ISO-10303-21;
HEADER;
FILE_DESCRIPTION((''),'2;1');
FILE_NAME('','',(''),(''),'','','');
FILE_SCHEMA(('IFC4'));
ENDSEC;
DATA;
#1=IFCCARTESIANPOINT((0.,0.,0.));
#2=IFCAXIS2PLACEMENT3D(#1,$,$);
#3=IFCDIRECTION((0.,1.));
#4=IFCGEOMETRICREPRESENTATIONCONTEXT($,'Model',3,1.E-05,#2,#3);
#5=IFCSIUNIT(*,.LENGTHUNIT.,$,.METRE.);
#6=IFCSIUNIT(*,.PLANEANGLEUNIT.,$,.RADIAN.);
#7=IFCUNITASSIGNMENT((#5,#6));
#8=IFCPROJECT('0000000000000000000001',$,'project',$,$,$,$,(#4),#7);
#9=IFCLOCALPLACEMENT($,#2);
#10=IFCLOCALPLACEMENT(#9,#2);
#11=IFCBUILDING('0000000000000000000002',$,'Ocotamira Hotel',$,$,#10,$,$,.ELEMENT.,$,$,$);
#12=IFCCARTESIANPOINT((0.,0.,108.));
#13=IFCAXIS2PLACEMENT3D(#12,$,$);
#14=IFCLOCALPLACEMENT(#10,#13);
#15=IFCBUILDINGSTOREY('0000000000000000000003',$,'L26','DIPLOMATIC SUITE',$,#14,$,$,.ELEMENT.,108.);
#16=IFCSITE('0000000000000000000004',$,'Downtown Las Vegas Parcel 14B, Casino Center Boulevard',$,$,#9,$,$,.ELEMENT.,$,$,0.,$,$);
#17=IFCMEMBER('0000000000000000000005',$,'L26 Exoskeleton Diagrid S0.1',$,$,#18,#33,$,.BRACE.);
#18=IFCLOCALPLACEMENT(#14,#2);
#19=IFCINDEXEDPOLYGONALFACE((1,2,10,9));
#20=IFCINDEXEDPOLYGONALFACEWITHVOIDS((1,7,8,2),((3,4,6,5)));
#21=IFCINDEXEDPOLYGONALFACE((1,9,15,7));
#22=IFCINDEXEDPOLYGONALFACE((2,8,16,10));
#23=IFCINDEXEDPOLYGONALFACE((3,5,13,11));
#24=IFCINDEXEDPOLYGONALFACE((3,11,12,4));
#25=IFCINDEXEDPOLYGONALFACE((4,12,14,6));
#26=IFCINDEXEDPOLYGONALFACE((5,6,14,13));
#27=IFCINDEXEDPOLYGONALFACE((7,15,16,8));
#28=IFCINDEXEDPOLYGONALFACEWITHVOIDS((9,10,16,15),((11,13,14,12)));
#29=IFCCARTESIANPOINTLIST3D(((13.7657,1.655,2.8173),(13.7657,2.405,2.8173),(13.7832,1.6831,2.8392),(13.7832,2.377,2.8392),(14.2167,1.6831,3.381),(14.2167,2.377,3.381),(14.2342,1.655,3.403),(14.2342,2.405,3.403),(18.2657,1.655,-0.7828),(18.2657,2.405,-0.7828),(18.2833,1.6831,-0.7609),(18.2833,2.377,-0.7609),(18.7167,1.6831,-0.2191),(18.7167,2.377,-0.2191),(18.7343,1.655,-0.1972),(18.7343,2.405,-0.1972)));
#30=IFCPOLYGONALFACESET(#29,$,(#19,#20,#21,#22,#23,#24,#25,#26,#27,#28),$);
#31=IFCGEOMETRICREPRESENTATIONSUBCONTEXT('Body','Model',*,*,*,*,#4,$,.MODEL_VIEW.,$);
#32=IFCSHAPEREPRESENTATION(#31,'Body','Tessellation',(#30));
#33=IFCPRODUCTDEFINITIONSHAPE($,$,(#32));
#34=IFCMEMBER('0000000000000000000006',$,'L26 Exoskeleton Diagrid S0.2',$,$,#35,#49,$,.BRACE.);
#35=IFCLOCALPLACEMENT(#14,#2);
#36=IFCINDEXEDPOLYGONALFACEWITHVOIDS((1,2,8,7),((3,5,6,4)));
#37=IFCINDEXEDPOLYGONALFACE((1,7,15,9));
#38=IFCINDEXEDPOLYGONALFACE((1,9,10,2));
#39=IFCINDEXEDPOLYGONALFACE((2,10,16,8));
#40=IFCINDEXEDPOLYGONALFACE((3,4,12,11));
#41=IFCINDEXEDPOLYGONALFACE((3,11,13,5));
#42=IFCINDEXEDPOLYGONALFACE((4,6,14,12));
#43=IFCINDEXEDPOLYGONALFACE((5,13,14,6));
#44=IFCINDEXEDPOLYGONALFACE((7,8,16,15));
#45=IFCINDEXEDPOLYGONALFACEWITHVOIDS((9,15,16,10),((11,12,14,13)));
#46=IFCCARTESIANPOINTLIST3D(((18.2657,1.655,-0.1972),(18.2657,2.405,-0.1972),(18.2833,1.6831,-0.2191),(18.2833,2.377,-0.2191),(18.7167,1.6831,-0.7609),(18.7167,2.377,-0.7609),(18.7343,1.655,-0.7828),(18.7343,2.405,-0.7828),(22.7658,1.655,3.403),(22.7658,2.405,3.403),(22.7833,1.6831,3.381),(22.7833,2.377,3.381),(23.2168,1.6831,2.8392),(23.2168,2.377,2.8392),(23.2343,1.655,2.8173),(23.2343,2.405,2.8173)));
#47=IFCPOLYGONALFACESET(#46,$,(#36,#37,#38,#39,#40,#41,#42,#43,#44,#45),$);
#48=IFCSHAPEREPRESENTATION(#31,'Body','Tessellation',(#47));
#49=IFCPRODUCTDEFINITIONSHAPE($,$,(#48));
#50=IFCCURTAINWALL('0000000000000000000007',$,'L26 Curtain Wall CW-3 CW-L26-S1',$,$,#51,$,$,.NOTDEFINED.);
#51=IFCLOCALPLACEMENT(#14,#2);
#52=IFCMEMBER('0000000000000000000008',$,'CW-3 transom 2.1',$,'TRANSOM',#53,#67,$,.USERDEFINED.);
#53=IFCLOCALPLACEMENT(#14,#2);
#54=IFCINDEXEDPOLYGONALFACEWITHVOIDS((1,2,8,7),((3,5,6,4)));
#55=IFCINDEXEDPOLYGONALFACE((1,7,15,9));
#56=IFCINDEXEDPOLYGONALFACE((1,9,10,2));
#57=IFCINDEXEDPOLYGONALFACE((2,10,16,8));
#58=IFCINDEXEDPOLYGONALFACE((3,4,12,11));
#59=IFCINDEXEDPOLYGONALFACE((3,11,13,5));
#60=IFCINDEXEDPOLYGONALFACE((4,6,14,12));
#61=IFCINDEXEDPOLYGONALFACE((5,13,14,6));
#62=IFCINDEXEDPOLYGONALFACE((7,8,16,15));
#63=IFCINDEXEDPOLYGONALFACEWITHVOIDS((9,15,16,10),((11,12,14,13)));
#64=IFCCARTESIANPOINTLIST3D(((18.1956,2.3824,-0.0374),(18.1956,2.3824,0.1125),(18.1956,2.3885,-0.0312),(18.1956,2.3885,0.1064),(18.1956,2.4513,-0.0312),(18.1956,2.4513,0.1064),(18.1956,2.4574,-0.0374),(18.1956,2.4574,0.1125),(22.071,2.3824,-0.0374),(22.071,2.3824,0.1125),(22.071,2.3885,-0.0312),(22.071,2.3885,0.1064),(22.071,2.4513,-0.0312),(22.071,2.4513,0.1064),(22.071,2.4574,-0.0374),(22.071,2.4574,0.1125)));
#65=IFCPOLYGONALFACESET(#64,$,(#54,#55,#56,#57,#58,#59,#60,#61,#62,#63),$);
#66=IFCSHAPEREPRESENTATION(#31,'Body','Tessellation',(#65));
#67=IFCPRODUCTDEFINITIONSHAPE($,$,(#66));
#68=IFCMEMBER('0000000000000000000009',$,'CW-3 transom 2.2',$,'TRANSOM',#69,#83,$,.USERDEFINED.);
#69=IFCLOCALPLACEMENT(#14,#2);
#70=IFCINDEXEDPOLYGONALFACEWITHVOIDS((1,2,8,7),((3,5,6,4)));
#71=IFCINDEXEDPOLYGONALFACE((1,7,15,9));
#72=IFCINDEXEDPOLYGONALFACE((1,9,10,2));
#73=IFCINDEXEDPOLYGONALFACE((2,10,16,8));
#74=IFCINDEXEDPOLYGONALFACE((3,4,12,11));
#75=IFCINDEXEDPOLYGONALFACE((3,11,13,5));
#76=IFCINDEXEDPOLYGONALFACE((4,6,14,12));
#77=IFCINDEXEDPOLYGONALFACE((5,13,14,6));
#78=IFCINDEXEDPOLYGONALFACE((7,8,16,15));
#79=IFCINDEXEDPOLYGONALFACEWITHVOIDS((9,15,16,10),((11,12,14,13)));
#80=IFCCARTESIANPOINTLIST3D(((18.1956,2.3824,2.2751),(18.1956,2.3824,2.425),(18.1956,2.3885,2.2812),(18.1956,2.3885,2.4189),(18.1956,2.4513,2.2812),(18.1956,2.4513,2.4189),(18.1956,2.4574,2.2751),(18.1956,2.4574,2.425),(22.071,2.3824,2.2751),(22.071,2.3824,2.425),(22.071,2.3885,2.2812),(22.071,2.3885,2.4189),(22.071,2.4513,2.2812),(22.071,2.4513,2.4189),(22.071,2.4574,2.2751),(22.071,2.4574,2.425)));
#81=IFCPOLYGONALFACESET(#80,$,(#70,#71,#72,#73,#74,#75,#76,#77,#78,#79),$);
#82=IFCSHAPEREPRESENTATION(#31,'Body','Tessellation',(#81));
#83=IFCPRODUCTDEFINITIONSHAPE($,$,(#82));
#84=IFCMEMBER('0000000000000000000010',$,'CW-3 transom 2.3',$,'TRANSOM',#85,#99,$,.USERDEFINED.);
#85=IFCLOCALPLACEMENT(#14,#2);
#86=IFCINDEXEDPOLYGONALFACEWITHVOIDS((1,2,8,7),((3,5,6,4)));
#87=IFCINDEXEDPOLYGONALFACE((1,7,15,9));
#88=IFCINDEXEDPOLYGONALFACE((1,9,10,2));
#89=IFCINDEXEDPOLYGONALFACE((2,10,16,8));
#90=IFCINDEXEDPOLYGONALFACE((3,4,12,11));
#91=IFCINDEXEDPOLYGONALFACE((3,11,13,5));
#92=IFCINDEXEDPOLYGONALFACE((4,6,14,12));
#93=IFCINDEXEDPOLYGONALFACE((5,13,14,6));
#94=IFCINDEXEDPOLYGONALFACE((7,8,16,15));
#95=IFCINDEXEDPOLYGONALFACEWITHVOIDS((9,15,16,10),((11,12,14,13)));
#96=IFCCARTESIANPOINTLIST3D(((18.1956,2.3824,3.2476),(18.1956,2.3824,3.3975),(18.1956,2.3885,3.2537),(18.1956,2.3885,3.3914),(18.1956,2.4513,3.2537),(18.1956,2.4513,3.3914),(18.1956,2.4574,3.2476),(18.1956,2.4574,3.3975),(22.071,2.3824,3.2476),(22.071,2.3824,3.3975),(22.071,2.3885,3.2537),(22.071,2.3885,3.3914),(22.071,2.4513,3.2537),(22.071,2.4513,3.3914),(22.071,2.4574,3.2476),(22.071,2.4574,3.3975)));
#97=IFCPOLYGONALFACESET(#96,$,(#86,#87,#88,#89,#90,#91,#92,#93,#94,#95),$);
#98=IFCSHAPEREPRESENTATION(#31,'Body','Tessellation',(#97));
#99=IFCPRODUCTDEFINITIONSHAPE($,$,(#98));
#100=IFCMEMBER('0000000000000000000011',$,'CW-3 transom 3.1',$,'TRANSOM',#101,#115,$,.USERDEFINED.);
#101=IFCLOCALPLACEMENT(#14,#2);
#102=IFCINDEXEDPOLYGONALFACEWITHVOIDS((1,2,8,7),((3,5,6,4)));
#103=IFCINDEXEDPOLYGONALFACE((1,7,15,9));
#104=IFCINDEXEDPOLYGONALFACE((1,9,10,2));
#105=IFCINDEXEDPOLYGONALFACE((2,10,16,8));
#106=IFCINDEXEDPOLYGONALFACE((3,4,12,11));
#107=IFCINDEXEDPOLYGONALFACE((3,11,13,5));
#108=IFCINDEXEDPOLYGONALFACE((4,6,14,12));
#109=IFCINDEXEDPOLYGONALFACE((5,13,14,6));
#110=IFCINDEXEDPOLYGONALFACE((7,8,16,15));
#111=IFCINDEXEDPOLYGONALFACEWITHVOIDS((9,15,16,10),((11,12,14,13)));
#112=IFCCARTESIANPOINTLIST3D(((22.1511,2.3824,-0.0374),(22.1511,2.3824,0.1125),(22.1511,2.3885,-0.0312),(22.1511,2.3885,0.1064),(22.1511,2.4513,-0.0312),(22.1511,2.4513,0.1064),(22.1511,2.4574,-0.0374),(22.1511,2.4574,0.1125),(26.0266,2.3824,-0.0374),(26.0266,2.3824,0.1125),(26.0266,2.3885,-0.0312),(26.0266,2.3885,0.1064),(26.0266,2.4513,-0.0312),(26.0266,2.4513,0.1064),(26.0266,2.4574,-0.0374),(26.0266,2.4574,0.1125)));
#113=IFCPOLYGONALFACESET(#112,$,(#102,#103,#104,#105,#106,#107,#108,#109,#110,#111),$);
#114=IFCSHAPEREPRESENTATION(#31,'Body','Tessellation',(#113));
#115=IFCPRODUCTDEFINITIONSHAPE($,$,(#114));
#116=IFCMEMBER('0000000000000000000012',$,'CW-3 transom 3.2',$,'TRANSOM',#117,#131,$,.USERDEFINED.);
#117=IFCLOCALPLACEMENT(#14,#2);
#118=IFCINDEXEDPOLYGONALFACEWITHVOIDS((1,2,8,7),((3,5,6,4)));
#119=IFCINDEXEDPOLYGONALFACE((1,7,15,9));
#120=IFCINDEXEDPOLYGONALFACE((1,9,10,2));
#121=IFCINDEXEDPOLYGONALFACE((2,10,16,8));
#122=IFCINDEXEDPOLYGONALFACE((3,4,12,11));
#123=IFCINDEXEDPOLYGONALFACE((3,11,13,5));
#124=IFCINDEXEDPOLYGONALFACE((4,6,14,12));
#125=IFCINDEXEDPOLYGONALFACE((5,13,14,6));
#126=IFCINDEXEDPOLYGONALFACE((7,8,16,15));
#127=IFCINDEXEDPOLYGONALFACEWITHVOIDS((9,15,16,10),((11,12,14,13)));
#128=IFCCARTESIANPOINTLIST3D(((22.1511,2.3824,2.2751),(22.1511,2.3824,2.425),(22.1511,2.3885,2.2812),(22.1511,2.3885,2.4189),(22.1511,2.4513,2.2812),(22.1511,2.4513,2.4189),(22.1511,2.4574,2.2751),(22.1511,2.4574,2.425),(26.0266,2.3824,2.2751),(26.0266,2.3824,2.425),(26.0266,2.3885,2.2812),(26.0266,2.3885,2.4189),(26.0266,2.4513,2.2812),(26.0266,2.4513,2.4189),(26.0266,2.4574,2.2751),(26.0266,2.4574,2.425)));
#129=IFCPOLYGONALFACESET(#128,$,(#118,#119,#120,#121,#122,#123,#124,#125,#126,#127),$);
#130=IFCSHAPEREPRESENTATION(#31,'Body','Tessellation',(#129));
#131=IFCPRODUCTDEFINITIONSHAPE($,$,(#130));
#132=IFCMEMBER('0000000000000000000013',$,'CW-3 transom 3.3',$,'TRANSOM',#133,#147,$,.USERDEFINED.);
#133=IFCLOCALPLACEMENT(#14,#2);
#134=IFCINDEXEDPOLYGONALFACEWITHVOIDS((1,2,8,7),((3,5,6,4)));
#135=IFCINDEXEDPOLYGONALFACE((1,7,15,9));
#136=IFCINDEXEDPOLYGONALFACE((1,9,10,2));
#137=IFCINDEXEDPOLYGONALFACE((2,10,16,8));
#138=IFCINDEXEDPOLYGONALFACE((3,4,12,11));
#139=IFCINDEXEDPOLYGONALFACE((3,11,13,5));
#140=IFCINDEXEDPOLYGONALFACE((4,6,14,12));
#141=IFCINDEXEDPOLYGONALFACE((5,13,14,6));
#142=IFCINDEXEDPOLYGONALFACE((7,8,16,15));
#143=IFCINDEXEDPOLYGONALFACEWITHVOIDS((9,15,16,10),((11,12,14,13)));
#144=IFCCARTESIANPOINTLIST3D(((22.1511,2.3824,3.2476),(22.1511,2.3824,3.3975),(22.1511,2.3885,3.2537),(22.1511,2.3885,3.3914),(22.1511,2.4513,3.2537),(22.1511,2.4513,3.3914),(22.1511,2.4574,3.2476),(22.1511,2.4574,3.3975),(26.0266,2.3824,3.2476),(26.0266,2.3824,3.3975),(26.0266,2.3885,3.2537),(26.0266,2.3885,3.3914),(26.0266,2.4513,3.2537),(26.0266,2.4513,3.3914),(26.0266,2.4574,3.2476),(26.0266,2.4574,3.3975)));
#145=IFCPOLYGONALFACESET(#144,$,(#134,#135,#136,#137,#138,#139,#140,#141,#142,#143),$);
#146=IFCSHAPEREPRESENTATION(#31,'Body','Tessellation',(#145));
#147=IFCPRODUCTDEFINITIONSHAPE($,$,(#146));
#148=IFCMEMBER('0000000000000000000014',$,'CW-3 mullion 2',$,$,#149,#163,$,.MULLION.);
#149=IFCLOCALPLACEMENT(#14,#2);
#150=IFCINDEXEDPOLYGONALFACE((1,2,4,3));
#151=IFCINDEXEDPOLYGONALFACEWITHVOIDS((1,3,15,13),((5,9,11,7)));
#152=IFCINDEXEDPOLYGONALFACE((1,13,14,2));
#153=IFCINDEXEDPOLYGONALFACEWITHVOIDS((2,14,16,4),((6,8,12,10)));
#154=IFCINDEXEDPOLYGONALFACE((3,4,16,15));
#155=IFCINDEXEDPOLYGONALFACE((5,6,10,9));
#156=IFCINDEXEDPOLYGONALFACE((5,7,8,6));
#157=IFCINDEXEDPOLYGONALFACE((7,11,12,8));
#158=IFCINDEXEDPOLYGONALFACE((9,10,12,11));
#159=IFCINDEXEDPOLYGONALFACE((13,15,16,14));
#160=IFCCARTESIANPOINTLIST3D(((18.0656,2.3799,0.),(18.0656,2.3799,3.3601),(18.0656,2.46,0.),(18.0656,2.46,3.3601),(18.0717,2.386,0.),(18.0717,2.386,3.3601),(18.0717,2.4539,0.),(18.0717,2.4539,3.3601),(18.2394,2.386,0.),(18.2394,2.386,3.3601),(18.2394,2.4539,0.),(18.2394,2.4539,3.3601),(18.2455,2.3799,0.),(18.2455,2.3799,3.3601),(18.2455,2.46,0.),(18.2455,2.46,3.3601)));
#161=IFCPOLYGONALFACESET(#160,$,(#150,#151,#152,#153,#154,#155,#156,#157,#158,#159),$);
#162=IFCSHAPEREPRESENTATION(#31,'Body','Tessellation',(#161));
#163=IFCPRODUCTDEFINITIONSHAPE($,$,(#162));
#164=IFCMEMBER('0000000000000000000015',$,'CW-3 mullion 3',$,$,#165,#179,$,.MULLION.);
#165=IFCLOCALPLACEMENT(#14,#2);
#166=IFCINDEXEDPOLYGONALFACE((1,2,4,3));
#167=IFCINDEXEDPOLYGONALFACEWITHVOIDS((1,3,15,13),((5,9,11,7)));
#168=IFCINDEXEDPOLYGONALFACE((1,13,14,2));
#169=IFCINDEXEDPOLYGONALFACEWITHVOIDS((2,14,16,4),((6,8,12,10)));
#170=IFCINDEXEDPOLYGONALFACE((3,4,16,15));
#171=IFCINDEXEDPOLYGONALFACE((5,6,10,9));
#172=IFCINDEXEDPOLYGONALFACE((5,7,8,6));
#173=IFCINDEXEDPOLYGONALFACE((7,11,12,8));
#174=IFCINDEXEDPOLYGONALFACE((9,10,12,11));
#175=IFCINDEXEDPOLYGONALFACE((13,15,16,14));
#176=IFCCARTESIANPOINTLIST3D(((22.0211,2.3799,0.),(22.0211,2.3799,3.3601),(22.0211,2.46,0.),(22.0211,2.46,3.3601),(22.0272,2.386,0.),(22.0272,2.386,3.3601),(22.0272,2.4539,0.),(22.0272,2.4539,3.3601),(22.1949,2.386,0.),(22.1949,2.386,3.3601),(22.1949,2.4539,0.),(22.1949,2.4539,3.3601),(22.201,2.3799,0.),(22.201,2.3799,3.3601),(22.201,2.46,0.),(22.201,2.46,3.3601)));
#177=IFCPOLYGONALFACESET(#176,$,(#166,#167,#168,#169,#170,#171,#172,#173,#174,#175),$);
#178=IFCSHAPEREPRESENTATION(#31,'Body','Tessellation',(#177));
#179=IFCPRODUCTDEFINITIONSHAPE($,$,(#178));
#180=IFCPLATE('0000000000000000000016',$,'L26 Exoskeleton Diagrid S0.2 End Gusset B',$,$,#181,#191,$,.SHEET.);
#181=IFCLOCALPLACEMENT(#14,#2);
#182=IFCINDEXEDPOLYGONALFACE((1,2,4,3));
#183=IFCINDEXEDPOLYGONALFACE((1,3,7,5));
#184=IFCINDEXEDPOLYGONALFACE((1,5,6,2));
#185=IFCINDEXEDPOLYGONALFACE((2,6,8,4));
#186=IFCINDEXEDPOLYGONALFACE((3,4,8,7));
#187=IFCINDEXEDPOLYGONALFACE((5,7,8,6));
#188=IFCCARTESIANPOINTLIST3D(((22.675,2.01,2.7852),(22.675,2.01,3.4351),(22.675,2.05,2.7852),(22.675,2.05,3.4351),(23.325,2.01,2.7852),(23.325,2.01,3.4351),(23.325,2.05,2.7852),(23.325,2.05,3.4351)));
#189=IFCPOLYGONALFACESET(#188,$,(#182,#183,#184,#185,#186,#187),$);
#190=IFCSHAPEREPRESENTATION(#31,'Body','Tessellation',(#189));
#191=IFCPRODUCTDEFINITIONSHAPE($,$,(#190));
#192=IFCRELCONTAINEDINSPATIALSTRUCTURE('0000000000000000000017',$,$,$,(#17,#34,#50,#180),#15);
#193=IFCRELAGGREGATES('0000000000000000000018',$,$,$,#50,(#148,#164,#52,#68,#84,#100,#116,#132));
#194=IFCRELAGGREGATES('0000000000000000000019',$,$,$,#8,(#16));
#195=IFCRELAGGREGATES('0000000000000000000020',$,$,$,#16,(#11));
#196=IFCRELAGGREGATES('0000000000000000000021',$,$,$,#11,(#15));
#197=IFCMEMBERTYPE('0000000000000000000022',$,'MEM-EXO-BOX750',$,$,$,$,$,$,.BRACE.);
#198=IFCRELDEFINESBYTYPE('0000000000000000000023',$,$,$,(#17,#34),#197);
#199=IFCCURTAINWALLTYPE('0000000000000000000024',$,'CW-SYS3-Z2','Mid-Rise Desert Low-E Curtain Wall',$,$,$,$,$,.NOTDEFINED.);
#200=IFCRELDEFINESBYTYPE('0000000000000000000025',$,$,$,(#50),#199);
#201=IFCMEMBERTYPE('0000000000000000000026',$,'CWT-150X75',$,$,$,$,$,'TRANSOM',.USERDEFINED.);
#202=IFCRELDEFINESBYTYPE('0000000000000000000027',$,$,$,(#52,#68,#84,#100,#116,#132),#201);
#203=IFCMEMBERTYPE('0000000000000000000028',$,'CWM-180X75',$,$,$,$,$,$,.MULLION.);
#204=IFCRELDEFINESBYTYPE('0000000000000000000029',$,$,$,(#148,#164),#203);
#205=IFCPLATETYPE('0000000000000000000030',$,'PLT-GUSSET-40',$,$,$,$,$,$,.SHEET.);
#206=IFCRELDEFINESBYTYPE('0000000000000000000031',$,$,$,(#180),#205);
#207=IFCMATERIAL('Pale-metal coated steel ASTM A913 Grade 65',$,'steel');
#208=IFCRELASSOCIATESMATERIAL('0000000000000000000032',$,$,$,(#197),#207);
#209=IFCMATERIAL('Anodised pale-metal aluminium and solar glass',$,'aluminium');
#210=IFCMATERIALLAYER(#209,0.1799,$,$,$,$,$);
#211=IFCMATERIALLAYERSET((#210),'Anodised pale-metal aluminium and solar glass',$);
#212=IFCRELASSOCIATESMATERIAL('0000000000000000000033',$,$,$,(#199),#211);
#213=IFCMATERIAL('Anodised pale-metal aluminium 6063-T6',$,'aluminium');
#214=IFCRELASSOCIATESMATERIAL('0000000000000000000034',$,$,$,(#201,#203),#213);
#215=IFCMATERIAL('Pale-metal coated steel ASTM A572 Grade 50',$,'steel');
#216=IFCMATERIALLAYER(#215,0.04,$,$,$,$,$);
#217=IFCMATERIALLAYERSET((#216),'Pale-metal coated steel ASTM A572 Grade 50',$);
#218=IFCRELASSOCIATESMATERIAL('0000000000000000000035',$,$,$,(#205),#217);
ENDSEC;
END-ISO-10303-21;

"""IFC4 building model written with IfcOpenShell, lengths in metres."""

from ifc_helpers import new_model, si_unit, direction, frame, origin, origin_2d, place, context, subcontext, project, spatial, rectangle, hollow_rectangle, extrude, source, transform, mapped, material, layer, layer_set, material_profile, profile_set, type_object, element, aggregate, save


model = new_model("IFC4")

# Units and contexts
model_context = context("Model", 3, precision=1e-05, world=origin(), true_north=direction((0.0, 1.0)))
body_context = subcontext(model_context, "Body", "Model", "MODEL_VIEW")
ifc_project = project(units=[si_unit("LENGTHUNIT", "METRE"), si_unit("PLANEANGLEUNIT", "RADIAN")], contexts=[model_context])

# Site, building, storey
site_placement = place(None, origin())
site = spatial("IfcSite", under=ifc_project, at=site_placement, Name="Downtown Las Vegas Parcel 14B, Casino Center Boulevard", CompositionType="ELEMENT", RefElevation=0.0)
building_placement = place(site_placement, origin())
building = spatial("IfcBuilding", under=site, at=building_placement, Name="Ocotamira Hotel", CompositionType="ELEMENT")
storey_placement = place(building_placement, frame((0.0, 0.0, 108.0)))
storey = spatial("IfcBuildingStorey", under=building, at=storey_placement, Name="L26", Description="DIPLOMATIC SUITE", CompositionType="ELEMENT", Elevation=108.0)

# Members
ifc_material_1 = material(Name="Pale-metal coated steel ASTM A913 Grade 65", Category="steel")
ifc_material_profile_1 = material_profile(ifc_material_1, hollow_rectangle(XDim=0.75, YDim=0.75, WallThickness=0.0281, at=origin_2d()), Name="BOX750X750X28")
ifc_profile_set_1 = profile_set([ifc_material_profile_1], Name="Pale-metal coated steel ASTM A913 Grade 65")
member_type_1 = type_object("IfcMemberType", Name="MEM-EXO-BOX750", PredefinedType="BRACE", material=ifc_profile_set_1)
shared_shape_1 = source(origin(), body_context, "Body", "SweptSolid", [
    extrude(hollow_rectangle(XDim=0.75, YDim=0.75, WallThickness=0.0281, at=origin_2d()), origin(), (0.0, 0.0, 1.0), 5.7629),
])
for number, where, z_axis, x_axis, name in (
    (1, (18.5, 2.03, -0.49), (-0.780861, 0.0, 0.624705), (0.0, -1.0, 0.0), "L26 Exoskeleton Diagrid S0.1"),
    (2, (18.5, 2.03, -0.49), (0.780861, 0.0, 0.624705), (0.0, 1.0, 0.0), "L26 Exoskeleton Diagrid S0.2"),
):
    element("IfcMember", number, at=place(storey_placement, frame(where, z_axis=z_axis, x_axis=x_axis)), inside=storey, type_object=member_type_1, Name=name, PredefinedType="BRACE", context=body_context, shape_type="MappedRepresentation", body=[
        mapped(shared_shape_1, transform((0.0, 0.0, 0.0), scale=1.0)),
    ])

# Curtain wall, members
ifc_material_2 = material(Name="Anodised pale-metal aluminium and solar glass", Category="aluminium")
ifc_layer_1 = layer(ifc_material_2, 0.1799)
ifc_layer_set_1 = layer_set([ifc_layer_1], Name="Anodised pale-metal aluminium and solar glass")
curtain_wall_type = type_object("IfcCurtainWallType", Name="CW-SYS3-Z2", Description="Mid-Rise Desert Low-E Curtain Wall", PredefinedType="NOTDEFINED", material=ifc_layer_set_1)
curtain_wall_placement = place(storey_placement, origin())
curtain_wall = element("IfcCurtainWall", 3, at=curtain_wall_placement, inside=storey, type_object=curtain_wall_type, Name="L26 Curtain Wall CW-3 CW-L26-S1", PredefinedType="NOTDEFINED")
ifc_material_3 = material(Name="Anodised pale-metal aluminium 6063-T6", Category="aluminium")
ifc_material_profile_2 = material_profile(ifc_material_3, hollow_rectangle(XDim=0.075, YDim=0.1499, WallThickness=0.0061, at=origin_2d()), Name="HSS150X75X6")
ifc_profile_set_2 = profile_set([ifc_material_profile_2], Name="Anodised pale-metal aluminium 6063-T6")
member_type_2 = type_object("IfcMemberType", Name="CWT-150X75", ElementType="TRANSOM", PredefinedType="USERDEFINED", material=ifc_profile_set_2)
shared_shape_2 = source(origin(), body_context, "Body", "SweptSolid", [
    extrude(hollow_rectangle(XDim=0.075, YDim=0.1499, WallThickness=0.0061, at=origin_2d()), origin(), (0.0, 0.0, 1.0), 3.8755),
])
member_1_placement = place(storey_placement, frame((18.1956, 2.4199, 0.0376), z_axis=(1.0, 0.0, 0.0), x_axis=(0.0, 1.0, 0.0)))
member_1 = element("IfcMember", 4, at=member_1_placement, type_object=member_type_2, Name="CW-3 transom 2.1", ObjectType="TRANSOM", PredefinedType="USERDEFINED", context=body_context, shape_type="MappedRepresentation", body=[
    mapped(shared_shape_2, transform((0.0, 0.0, 0.0), scale=1.0)),
])
member_2_placement = place(storey_placement, frame((18.1956, 2.4199, 2.3501), z_axis=(1.0, 0.0, 0.0), x_axis=(0.0, 1.0, 0.0)))
member_2 = element("IfcMember", 5, at=member_2_placement, type_object=member_type_2, Name="CW-3 transom 2.2", ObjectType="TRANSOM", PredefinedType="USERDEFINED", context=body_context, shape_type="MappedRepresentation", body=[
    mapped(shared_shape_2, transform((0.0, 0.0, 0.0), scale=1.0)),
])
member_3_placement = place(storey_placement, frame((18.1956, 2.4199, 3.3225), z_axis=(1.0, 0.0, 0.0), x_axis=(0.0, 1.0, 0.0)))
member_3 = element("IfcMember", 6, at=member_3_placement, type_object=member_type_2, Name="CW-3 transom 2.3", ObjectType="TRANSOM", PredefinedType="USERDEFINED", context=body_context, shape_type="MappedRepresentation", body=[
    mapped(shared_shape_2, transform((0.0, 0.0, 0.0), scale=1.0)),
])
member_4_placement = place(storey_placement, frame((22.1511, 2.4199, 0.0376), z_axis=(1.0, 0.0, 0.0), x_axis=(0.0, 1.0, 0.0)))
member_4 = element("IfcMember", 7, at=member_4_placement, type_object=member_type_2, Name="CW-3 transom 3.1", ObjectType="TRANSOM", PredefinedType="USERDEFINED", context=body_context, shape_type="MappedRepresentation", body=[
    mapped(shared_shape_2, transform((0.0, 0.0, 0.0), scale=1.0)),
])
member_5_placement = place(storey_placement, frame((22.1511, 2.4199, 2.3501), z_axis=(1.0, 0.0, 0.0), x_axis=(0.0, 1.0, 0.0)))
member_5 = element("IfcMember", 8, at=member_5_placement, type_object=member_type_2, Name="CW-3 transom 3.2", ObjectType="TRANSOM", PredefinedType="USERDEFINED", context=body_context, shape_type="MappedRepresentation", body=[
    mapped(shared_shape_2, transform((0.0, 0.0, 0.0), scale=1.0)),
])
member_6_placement = place(storey_placement, frame((22.1511, 2.4199, 3.3225), z_axis=(1.0, 0.0, 0.0), x_axis=(0.0, 1.0, 0.0)))
member_6 = element("IfcMember", 9, at=member_6_placement, type_object=member_type_2, Name="CW-3 transom 3.3", ObjectType="TRANSOM", PredefinedType="USERDEFINED", context=body_context, shape_type="MappedRepresentation", body=[
    mapped(shared_shape_2, transform((0.0, 0.0, 0.0), scale=1.0)),
])
ifc_material_profile_3 = material_profile(ifc_material_3, hollow_rectangle(XDim=0.0801, YDim=0.1799, WallThickness=0.0061, at=origin_2d()), Name="HSS180X80X6")
ifc_profile_set_3 = profile_set([ifc_material_profile_3], Name="Anodised pale-metal aluminium 6063-T6")
member_type_3 = type_object("IfcMemberType", Name="CWM-180X75", PredefinedType="MULLION", material=ifc_profile_set_3)
shared_shape_3 = source(origin(), body_context, "Body", "SweptSolid", [
    extrude(hollow_rectangle(XDim=0.0801, YDim=0.1799, WallThickness=0.0061, at=origin_2d()), origin(), (0.0, 0.0, 1.0), 3.3601),
])
member_7_placement = place(storey_placement, frame((18.1555, 2.4199, 0.0), z_axis=(0.0, 0.0, 1.0), x_axis=(0.0, 1.0, 0.0)))
member_7 = element("IfcMember", 10, at=member_7_placement, type_object=member_type_3, Name="CW-3 mullion 2", PredefinedType="MULLION", context=body_context, shape_type="MappedRepresentation", body=[
    mapped(shared_shape_3, transform((0.0, 0.0, 0.0), scale=1.0)),
])
member_8_placement = place(storey_placement, frame((22.1111, 2.4199, 0.0), z_axis=(0.0, 0.0, 1.0), x_axis=(0.0, 1.0, 0.0)))
member_8 = element("IfcMember", 11, at=member_8_placement, type_object=member_type_3, Name="CW-3 mullion 3", PredefinedType="MULLION", context=body_context, shape_type="MappedRepresentation", body=[
    mapped(shared_shape_3, transform((0.0, 0.0, 0.0), scale=1.0)),
])

# Plate
ifc_material_4 = material(Name="Pale-metal coated steel ASTM A572 Grade 50", Category="steel")
ifc_layer_2 = layer(ifc_material_4, 0.04)
ifc_layer_set_2 = layer_set([ifc_layer_2], Name="Pale-metal coated steel ASTM A572 Grade 50")
plate_type_1 = type_object("IfcPlateType", Name="PLT-GUSSET-40", PredefinedType="SHEET", material=ifc_layer_set_2)
shared_shape_4 = source(origin(), body_context, "Body", "SweptSolid", [
    extrude(rectangle(XDim=0.6499, YDim=0.04, at=origin_2d()), origin(), (0.0, 0.0, 1.0), 0.6499),
])
plate_1_placement = place(storey_placement, frame((23.0, 2.03, 2.7852), z_axis=(0.0, 0.0, 1.0), x_axis=(1.0, 0.0, 0.0)))
element("IfcPlate", 12, at=plate_1_placement, inside=storey, type_object=plate_type_1, Name="L26 Exoskeleton Diagrid S0.2 End Gusset B", PredefinedType="SHEET", context=body_context, shape_type="MappedRepresentation", body=[
    mapped(shared_shape_4, transform((0.0, 0.0, 0.0), scale=1.0)),
])
aggregate(curtain_wall, [member_7, member_8, member_1, member_2, member_3, member_4, member_5, member_6])

save(model, "model.ifc")
